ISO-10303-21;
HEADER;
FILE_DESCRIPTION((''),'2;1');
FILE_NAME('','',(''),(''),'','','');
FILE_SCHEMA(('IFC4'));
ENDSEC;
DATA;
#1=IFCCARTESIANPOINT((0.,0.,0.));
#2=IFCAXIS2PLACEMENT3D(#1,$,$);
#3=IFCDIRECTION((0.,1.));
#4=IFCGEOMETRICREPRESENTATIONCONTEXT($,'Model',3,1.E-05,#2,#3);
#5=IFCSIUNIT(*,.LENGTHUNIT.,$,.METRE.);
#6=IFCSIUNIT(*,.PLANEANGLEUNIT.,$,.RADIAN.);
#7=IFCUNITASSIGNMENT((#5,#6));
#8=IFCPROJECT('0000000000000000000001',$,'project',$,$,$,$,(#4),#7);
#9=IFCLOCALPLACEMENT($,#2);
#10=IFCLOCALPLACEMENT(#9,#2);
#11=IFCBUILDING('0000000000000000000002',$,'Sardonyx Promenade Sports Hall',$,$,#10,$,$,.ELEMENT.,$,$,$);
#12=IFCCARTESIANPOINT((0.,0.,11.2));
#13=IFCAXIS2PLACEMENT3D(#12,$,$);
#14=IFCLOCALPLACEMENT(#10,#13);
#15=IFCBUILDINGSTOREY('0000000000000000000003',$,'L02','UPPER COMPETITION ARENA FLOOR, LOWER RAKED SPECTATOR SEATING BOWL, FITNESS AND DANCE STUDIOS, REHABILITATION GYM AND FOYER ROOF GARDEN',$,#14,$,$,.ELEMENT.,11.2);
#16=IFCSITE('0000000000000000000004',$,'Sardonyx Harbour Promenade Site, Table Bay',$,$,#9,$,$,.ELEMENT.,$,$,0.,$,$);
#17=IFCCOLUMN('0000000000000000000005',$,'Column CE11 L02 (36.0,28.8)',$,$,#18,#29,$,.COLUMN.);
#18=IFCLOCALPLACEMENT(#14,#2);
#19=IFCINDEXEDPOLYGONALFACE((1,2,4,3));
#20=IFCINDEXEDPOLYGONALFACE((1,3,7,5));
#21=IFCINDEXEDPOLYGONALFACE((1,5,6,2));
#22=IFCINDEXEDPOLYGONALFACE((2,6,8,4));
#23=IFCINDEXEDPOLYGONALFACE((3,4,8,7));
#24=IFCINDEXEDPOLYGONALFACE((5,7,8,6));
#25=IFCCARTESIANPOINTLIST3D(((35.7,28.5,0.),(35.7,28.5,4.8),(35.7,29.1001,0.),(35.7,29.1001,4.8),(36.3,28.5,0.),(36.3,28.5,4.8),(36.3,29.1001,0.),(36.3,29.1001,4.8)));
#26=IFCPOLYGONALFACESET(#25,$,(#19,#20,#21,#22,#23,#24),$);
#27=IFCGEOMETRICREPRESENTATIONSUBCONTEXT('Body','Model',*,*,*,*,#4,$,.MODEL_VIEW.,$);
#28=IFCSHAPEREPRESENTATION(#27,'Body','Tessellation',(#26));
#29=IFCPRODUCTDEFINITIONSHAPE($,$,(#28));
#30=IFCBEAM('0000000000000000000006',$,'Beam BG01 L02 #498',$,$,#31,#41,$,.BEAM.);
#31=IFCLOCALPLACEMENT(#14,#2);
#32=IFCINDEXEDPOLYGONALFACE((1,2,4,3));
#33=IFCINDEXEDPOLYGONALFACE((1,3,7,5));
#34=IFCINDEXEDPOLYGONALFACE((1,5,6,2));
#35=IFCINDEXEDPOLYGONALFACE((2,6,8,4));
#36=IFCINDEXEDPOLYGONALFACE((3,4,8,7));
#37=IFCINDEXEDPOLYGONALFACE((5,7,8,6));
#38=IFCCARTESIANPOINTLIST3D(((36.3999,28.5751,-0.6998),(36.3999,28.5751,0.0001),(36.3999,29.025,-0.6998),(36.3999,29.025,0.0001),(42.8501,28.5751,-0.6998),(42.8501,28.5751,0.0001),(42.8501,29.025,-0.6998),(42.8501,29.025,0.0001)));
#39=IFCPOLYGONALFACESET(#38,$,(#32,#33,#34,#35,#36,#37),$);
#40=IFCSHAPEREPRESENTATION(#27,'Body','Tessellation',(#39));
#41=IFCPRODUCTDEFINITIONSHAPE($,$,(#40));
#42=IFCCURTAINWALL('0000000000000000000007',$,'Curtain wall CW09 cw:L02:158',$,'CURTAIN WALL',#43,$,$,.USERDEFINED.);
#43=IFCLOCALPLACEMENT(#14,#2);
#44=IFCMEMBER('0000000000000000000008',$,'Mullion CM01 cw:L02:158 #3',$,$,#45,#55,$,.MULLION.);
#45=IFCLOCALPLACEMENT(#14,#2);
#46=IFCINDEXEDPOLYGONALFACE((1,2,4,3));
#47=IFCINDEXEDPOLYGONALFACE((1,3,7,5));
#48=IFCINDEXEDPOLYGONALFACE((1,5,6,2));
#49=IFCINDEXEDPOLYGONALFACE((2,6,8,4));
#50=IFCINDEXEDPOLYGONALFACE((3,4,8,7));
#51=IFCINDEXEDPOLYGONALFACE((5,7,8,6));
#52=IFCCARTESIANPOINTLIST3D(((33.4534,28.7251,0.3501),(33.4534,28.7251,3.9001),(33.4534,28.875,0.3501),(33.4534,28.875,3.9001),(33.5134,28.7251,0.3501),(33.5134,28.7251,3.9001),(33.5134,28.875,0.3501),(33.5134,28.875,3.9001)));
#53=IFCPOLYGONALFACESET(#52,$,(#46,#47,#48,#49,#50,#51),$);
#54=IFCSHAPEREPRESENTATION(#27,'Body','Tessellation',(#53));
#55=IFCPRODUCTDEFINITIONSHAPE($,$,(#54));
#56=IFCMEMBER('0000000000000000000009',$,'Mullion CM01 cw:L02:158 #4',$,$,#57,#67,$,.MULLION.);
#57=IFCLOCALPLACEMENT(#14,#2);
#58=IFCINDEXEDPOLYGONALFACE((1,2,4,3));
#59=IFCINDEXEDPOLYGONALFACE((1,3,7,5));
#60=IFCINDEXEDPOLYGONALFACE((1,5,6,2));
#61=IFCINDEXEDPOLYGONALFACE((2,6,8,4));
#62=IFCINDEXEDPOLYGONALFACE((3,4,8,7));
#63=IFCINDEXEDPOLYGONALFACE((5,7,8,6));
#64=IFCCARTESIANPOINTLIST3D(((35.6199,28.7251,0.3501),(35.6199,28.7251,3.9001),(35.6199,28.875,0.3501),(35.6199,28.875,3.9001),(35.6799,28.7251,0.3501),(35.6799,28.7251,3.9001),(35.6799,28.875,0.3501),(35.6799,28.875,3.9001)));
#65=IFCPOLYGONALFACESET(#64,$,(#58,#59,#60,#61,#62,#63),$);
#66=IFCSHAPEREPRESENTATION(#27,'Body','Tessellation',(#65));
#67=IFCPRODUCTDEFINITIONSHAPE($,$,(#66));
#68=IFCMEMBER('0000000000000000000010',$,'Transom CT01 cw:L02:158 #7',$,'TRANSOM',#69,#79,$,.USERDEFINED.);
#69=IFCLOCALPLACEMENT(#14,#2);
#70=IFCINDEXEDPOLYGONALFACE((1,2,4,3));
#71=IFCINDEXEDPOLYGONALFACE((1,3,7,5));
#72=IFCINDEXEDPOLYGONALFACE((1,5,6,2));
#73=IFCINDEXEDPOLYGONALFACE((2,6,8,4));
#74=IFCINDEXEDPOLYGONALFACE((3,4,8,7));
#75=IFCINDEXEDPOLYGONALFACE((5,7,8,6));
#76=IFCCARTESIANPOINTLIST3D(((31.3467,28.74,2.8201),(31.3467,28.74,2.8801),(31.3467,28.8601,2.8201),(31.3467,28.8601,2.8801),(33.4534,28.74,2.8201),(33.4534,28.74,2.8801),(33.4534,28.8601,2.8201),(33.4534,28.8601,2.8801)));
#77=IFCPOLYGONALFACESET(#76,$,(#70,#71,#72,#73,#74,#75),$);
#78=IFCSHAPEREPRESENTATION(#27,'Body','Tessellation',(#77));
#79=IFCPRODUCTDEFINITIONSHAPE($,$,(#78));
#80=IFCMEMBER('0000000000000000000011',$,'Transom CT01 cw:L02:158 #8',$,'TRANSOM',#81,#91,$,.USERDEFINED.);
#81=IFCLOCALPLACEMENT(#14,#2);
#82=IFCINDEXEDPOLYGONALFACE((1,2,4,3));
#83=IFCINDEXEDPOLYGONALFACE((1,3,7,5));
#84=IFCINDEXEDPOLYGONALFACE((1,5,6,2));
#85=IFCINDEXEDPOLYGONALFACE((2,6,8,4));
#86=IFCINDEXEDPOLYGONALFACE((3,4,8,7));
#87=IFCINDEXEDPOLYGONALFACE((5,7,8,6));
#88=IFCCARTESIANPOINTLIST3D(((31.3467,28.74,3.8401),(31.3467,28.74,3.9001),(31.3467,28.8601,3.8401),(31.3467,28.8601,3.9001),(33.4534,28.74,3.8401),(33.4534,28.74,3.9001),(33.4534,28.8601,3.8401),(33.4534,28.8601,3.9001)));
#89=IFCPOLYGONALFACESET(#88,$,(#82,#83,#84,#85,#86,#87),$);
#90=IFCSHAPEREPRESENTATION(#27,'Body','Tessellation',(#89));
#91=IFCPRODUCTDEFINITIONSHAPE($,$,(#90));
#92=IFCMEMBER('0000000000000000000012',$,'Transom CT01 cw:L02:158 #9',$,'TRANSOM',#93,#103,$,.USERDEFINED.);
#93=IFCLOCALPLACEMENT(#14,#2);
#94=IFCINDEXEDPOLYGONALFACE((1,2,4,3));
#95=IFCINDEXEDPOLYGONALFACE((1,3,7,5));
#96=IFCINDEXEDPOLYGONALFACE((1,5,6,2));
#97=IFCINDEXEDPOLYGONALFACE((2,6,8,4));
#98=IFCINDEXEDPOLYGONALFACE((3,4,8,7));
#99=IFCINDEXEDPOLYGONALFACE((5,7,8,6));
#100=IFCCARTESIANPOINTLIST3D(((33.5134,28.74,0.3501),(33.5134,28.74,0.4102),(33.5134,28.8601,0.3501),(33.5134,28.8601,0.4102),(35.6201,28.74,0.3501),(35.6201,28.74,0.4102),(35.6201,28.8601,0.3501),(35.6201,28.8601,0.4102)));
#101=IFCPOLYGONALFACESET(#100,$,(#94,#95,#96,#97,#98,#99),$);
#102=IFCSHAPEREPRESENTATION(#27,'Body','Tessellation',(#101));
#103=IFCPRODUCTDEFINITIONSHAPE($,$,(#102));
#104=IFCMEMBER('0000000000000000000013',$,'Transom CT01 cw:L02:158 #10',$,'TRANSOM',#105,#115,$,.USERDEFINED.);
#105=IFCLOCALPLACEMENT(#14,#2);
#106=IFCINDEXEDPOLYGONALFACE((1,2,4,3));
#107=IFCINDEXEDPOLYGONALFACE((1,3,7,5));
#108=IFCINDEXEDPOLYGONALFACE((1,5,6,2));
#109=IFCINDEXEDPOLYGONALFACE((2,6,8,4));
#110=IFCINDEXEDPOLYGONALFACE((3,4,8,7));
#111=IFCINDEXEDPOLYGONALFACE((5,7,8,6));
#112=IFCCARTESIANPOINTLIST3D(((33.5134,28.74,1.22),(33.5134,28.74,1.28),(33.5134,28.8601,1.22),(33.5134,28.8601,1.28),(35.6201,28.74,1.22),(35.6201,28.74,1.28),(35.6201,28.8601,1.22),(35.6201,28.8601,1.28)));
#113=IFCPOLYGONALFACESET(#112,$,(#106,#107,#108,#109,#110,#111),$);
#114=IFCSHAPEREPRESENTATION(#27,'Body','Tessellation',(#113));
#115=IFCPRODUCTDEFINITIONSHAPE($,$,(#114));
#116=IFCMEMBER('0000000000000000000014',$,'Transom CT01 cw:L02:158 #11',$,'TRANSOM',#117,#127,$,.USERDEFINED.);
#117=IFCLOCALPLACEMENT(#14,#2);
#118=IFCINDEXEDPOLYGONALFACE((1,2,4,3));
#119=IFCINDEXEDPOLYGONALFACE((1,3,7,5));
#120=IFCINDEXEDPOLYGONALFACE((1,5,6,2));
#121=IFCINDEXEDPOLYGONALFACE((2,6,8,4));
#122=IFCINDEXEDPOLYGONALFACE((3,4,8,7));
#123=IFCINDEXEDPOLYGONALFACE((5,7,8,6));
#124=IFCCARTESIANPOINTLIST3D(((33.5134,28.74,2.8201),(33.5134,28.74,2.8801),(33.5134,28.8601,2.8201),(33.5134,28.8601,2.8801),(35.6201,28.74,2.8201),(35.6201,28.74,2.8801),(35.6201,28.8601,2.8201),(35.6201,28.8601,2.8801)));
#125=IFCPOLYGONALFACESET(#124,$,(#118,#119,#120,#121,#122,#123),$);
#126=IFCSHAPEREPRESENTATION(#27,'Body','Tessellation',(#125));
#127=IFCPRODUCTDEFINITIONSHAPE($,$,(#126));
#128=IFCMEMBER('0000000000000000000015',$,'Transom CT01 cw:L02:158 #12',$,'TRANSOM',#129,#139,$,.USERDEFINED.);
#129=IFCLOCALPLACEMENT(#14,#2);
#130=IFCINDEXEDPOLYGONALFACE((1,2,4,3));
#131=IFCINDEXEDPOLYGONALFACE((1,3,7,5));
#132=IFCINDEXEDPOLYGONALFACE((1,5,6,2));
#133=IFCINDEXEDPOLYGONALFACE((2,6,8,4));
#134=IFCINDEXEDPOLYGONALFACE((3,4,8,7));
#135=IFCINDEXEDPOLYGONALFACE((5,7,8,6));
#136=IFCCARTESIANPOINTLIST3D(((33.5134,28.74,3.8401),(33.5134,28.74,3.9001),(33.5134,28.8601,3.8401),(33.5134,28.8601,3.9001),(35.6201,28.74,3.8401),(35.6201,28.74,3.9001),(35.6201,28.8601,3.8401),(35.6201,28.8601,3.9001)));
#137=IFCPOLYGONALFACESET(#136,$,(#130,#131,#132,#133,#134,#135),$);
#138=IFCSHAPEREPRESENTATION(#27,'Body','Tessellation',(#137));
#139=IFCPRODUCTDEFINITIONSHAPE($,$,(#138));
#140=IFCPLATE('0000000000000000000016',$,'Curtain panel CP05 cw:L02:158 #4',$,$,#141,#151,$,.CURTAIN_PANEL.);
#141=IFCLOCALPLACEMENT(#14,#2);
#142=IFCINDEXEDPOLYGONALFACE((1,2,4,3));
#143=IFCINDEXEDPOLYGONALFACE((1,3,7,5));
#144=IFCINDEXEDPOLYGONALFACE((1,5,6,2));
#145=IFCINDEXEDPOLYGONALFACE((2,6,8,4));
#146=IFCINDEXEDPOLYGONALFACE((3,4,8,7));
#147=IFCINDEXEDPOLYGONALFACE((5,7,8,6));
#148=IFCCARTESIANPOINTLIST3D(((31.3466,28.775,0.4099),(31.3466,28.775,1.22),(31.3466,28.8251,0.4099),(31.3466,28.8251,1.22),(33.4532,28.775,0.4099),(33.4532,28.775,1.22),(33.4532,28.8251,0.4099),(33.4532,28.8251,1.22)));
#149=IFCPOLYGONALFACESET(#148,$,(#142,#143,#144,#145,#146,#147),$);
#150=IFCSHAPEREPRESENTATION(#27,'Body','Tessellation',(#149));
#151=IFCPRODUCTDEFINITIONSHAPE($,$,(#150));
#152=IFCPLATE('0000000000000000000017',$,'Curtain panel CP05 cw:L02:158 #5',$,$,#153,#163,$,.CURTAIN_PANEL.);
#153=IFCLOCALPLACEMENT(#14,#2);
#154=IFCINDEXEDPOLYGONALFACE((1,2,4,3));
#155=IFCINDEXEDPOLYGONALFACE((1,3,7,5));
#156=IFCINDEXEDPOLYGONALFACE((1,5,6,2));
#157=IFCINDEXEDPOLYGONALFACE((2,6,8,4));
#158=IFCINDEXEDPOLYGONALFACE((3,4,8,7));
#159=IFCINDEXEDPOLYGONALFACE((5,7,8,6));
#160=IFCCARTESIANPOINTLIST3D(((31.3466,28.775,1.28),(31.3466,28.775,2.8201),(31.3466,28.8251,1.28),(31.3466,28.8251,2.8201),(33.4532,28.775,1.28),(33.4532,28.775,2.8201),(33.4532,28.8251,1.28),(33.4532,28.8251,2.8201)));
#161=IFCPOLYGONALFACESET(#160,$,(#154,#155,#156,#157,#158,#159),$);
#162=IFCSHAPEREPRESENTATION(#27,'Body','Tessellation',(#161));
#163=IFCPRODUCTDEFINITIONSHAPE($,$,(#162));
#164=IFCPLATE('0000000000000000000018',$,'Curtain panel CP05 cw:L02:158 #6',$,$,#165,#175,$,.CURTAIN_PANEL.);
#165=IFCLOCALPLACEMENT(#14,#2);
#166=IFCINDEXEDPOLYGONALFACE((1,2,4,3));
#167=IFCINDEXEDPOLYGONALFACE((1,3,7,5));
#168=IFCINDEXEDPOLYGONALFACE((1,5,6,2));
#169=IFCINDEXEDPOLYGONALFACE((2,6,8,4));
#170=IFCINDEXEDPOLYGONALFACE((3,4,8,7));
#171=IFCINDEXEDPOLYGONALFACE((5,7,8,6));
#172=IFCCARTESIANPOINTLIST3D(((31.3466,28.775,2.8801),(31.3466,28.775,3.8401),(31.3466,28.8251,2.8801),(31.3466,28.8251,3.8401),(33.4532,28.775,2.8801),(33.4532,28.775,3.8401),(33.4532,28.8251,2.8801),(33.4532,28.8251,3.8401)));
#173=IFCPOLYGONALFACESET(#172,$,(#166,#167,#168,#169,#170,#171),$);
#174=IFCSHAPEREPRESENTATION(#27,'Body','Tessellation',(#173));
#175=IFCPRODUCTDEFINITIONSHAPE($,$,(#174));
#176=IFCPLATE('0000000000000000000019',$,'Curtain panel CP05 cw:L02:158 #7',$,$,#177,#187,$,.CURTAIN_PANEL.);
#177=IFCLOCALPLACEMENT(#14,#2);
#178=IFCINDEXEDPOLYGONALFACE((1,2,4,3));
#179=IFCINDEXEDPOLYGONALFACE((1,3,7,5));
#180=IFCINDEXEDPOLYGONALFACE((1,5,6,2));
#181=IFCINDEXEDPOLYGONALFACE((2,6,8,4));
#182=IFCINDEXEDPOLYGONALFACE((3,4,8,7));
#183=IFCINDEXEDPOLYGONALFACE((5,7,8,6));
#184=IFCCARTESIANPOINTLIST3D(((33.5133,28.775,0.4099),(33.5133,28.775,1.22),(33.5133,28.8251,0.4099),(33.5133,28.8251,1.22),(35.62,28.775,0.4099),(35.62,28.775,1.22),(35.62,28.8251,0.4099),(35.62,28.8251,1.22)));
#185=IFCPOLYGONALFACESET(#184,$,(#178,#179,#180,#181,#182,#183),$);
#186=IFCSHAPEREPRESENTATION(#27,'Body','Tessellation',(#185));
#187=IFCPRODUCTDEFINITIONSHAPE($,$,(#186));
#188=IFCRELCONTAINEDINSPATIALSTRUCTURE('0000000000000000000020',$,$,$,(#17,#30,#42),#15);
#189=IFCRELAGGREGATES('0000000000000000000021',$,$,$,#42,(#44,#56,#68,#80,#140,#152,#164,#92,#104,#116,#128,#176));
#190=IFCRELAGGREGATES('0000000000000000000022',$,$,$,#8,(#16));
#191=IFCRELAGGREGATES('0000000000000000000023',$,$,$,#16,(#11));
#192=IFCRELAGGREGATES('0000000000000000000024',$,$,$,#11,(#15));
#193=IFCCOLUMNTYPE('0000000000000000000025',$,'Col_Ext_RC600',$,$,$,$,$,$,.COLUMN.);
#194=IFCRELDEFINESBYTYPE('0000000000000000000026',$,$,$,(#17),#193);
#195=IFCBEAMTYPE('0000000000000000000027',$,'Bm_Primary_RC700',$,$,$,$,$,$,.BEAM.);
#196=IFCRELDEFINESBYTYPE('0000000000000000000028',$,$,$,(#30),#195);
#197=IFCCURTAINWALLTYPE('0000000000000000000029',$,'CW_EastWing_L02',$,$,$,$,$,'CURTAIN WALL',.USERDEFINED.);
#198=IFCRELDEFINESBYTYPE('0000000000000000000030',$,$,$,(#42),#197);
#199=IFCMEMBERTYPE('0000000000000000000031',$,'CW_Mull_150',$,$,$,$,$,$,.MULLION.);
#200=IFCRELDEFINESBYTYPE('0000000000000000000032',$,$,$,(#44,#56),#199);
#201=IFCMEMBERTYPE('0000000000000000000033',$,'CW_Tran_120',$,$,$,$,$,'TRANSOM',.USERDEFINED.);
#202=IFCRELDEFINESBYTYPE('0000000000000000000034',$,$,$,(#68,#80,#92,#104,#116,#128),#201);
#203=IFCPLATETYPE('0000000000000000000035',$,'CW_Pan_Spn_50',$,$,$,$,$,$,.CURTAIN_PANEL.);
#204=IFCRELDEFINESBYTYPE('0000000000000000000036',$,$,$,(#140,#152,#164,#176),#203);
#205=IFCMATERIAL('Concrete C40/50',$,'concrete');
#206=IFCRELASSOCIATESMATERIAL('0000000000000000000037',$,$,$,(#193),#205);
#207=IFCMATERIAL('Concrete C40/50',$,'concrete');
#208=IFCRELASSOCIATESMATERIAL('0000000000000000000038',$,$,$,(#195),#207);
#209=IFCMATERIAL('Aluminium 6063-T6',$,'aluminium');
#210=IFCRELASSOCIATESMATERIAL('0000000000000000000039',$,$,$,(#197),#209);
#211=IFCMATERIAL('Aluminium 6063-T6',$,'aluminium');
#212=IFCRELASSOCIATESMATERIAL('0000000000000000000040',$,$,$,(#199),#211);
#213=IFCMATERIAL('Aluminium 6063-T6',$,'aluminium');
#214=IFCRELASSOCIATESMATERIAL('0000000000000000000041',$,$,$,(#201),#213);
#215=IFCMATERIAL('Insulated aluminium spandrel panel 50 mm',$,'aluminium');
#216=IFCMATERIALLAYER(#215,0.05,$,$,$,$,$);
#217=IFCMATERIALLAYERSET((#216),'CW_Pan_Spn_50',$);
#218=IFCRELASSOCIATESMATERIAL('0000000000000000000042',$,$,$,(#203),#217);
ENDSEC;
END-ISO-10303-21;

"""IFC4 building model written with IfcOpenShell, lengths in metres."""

from ifc_helpers import new_model, si_unit, direction, frame, origin, origin_2d, place, context, subcontext, project, spatial, rectangle, extrude, material, layer, layer_set, material_profile, profile_set, type_object, element, aggregate, save


model = new_model("IFC4")

# Units and contexts
model_context = context("Model", 3, precision=1e-05, world=origin(), true_north=direction((0.0, 1.0)))
body_context = subcontext(model_context, "Body", "Model", "MODEL_VIEW")
ifc_project = project(units=[si_unit("LENGTHUNIT", "METRE"), si_unit("PLANEANGLEUNIT", "RADIAN")], contexts=[model_context])

# Site, building, storey
site_placement = place(None, origin())
site = spatial("IfcSite", under=ifc_project, at=site_placement, Name="Sardonyx Harbour Promenade Site, Table Bay", CompositionType="ELEMENT", RefElevation=0.0)
building_placement = place(site_placement, origin())
building = spatial("IfcBuilding", under=site, at=building_placement, Name="Sardonyx Promenade Sports Hall", CompositionType="ELEMENT")
storey_placement = place(building_placement, frame((0.0, 0.0, 11.2)))
storey = spatial("IfcBuildingStorey", under=building, at=storey_placement, Name="L02", Description="UPPER COMPETITION ARENA FLOOR, LOWER RAKED SPECTATOR SEATING BOWL, FITNESS AND DANCE STUDIOS, REHABILITATION GYM AND FOYER ROOF GARDEN", CompositionType="ELEMENT", Elevation=11.2)

# Column
ifc_material_1 = material(Name="Concrete C40/50", Category="concrete")
ifc_material_profile_1 = material_profile(ifc_material_1, rectangle(XDim=0.6001, YDim=0.6001, at=origin_2d()))
ifc_profile_set_1 = profile_set([ifc_material_profile_1], Name="Concrete C40/50")
column_type = type_object("IfcColumnType", Name="Col_Ext_RC600", PredefinedType="COLUMN", material=ifc_profile_set_1)
column_placement = place(storey_placement, frame((36.0, 28.8, 0.0), z_axis=(0.0, 0.0, 1.0), x_axis=(1.0, 0.0, 0.0)))
element("IfcColumn", 1, at=column_placement, inside=storey, type_object=column_type, Name="Column CE11 L02 (36.0,28.8)", PredefinedType="COLUMN", context=body_context, shape_type="SweptSolid", body=[
    extrude(rectangle(XDim=0.6001, YDim=0.6001, at=origin_2d()), origin(), (0.0, 0.0, 1.0), 4.8),
])

# Beam
ifc_material_2 = material(Name="Concrete C40/50", Category="concrete")
ifc_material_profile_2 = material_profile(ifc_material_2, rectangle(XDim=0.45, YDim=0.7, at=origin_2d()))
ifc_profile_set_2 = profile_set([ifc_material_profile_2], Name="Concrete C40/50")
beam_type = type_object("IfcBeamType", Name="Bm_Primary_RC700", PredefinedType="BEAM", material=ifc_profile_set_2)
beam_placement = place(storey_placement, frame((36.3999, 28.8, -0.3499), z_axis=(1.0, 0.0, 0.0), x_axis=(0.0, 1.0, 0.0)))
element("IfcBeam", 2, at=beam_placement, inside=storey, type_object=beam_type, Name="Beam BG01 L02 #498", PredefinedType="BEAM", context=body_context, shape_type="SweptSolid", body=[
    extrude(rectangle(XDim=0.45, YDim=0.7, at=origin_2d()), origin(), (0.0, 0.0, 1.0), 6.4502),
])

# Curtain wall, members, plates
ifc_material_3 = material(Name="Aluminium 6063-T6", Category="aluminium")
curtain_wall_type = type_object("IfcCurtainWallType", Name="CW_EastWing_L02", ElementType="CURTAIN WALL", PredefinedType="USERDEFINED", material=ifc_material_3)
curtain_wall_placement = place(storey_placement, origin())
curtain_wall = element("IfcCurtainWall", 3, at=curtain_wall_placement, inside=storey, type_object=curtain_wall_type, Name="Curtain wall CW09 cw:L02:158", ObjectType="CURTAIN WALL", PredefinedType="USERDEFINED")
ifc_material_4 = material(Name="Aluminium 6063-T6", Category="aluminium")
ifc_material_profile_3 = material_profile(ifc_material_4, rectangle(XDim=0.0601, YDim=0.1499, at=origin_2d()))
ifc_profile_set_3 = profile_set([ifc_material_profile_3], Name="Aluminium 6063-T6")
member_type_1 = type_object("IfcMemberType", Name="CW_Mull_150", PredefinedType="MULLION", material=ifc_profile_set_3)
member_1_placement = place(storey_placement, frame((33.4834, 28.8, 0.3501), z_axis=(0.0, 0.0, 1.0), x_axis=(1.0, 0.0, 0.0)))
member_1 = element("IfcMember", 4, at=member_1_placement, type_object=member_type_1, Name="Mullion CM01 cw:L02:158 #3", PredefinedType="MULLION", context=body_context, shape_type="SweptSolid", body=[
    extrude(rectangle(XDim=0.0601, YDim=0.1499, at=origin_2d()), origin(), (0.0, 0.0, 1.0), 3.55),
])
member_2_placement = place(storey_placement, frame((35.6499, 28.8, 0.3501), z_axis=(0.0, 0.0, 1.0), x_axis=(1.0, 0.0, 0.0)))
member_2 = element("IfcMember", 5, at=member_2_placement, type_object=member_type_1, Name="Mullion CM01 cw:L02:158 #4", PredefinedType="MULLION", context=body_context, shape_type="SweptSolid", body=[
    extrude(rectangle(XDim=0.0601, YDim=0.1499, at=origin_2d()), origin(), (0.0, 0.0, 1.0), 3.55),
])
ifc_material_5 = material(Name="Aluminium 6063-T6", Category="aluminium")
ifc_material_profile_4 = material_profile(ifc_material_5, rectangle(XDim=0.0601, YDim=0.1201, at=origin_2d()))
ifc_profile_set_4 = profile_set([ifc_material_profile_4], Name="Aluminium 6063-T6")
member_type_2 = type_object("IfcMemberType", Name="CW_Tran_120", ElementType="TRANSOM", PredefinedType="USERDEFINED", material=ifc_profile_set_4)
member_3_placement = place(storey_placement, frame((31.3467, 28.8, 2.8501), z_axis=(1.0, 0.0, 0.0), x_axis=(0.0, 0.0, 1.0)))
member_3 = element("IfcMember", 6, at=member_3_placement, type_object=member_type_2, Name="Transom CT01 cw:L02:158 #7", ObjectType="TRANSOM", PredefinedType="USERDEFINED", context=body_context, shape_type="SweptSolid", body=[
    extrude(rectangle(XDim=0.0601, YDim=0.1201, at=origin_2d()), origin(), (0.0, 0.0, 1.0), 2.1067),
])
member_4_placement = place(storey_placement, frame((31.3467, 28.8, 3.8701), z_axis=(1.0, 0.0, 0.0), x_axis=(0.0, 0.0, 1.0)))
member_4 = element("IfcMember", 7, at=member_4_placement, type_object=member_type_2, Name="Transom CT01 cw:L02:158 #8", ObjectType="TRANSOM", PredefinedType="USERDEFINED", context=body_context, shape_type="SweptSolid", body=[
    extrude(rectangle(XDim=0.0601, YDim=0.1201, at=origin_2d()), origin(), (0.0, 0.0, 1.0), 2.1067),
])
member_5_placement = place(storey_placement, frame((33.5134, 28.8, 0.3801), z_axis=(1.0, 0.0, 0.0), x_axis=(0.0, 0.0, 1.0)))
member_5 = element("IfcMember", 8, at=member_5_placement, type_object=member_type_2, Name="Transom CT01 cw:L02:158 #9", ObjectType="TRANSOM", PredefinedType="USERDEFINED", context=body_context, shape_type="SweptSolid", body=[
    extrude(rectangle(XDim=0.0601, YDim=0.1201, at=origin_2d()), origin(), (0.0, 0.0, 1.0), 2.1067),
])
member_6_placement = place(storey_placement, frame((33.5134, 28.8, 1.25), z_axis=(1.0, 0.0, 0.0), x_axis=(0.0, 0.0, 1.0)))
member_6 = element("IfcMember", 9, at=member_6_placement, type_object=member_type_2, Name="Transom CT01 cw:L02:158 #10", ObjectType="TRANSOM", PredefinedType="USERDEFINED", context=body_context, shape_type="SweptSolid", body=[
    extrude(rectangle(XDim=0.0601, YDim=0.1201, at=origin_2d()), origin(), (0.0, 0.0, 1.0), 2.1067),
])
member_7_placement = place(storey_placement, frame((33.5134, 28.8, 2.8501), z_axis=(1.0, 0.0, 0.0), x_axis=(0.0, 0.0, 1.0)))
member_7 = element("IfcMember", 10, at=member_7_placement, type_object=member_type_2, Name="Transom CT01 cw:L02:158 #11", ObjectType="TRANSOM", PredefinedType="USERDEFINED", context=body_context, shape_type="SweptSolid", body=[
    extrude(rectangle(XDim=0.0601, YDim=0.1201, at=origin_2d()), origin(), (0.0, 0.0, 1.0), 2.1067),
])
member_8_placement = place(storey_placement, frame((33.5134, 28.8, 3.8701), z_axis=(1.0, 0.0, 0.0), x_axis=(0.0, 0.0, 1.0)))
member_8 = element("IfcMember", 11, at=member_8_placement, type_object=member_type_2, Name="Transom CT01 cw:L02:158 #12", ObjectType="TRANSOM", PredefinedType="USERDEFINED", context=body_context, shape_type="SweptSolid", body=[
    extrude(rectangle(XDim=0.0601, YDim=0.1201, at=origin_2d()), origin(), (0.0, 0.0, 1.0), 2.1067),
])
ifc_material_6 = material(Name="Insulated aluminium spandrel panel 50 mm", Category="aluminium")
ifc_layer_1 = layer(ifc_material_6, 0.05)
ifc_layer_set_1 = layer_set([ifc_layer_1], Name="CW_Pan_Spn_50")
plate_type = type_object("IfcPlateType", Name="CW_Pan_Spn_50", PredefinedType="CURTAIN_PANEL", material=ifc_layer_set_1)
plate_1_placement = place(storey_placement, frame((32.3999, 28.8, 0.4099), z_axis=(0.0, 0.0, 1.0), x_axis=(1.0, 0.0, 0.0)))
plate_1 = element("IfcPlate", 12, at=plate_1_placement, type_object=plate_type, Name="Curtain panel CP05 cw:L02:158 #4", PredefinedType="CURTAIN_PANEL", context=body_context, shape_type="SweptSolid", body=[
    extrude(rectangle(XDim=2.1067, YDim=0.05, at=origin_2d()), origin(), (0.0, 0.0, 1.0), 0.8101),
])
plate_2_placement = place(storey_placement, frame((32.3999, 28.8, 1.28), z_axis=(0.0, 0.0, 1.0), x_axis=(1.0, 0.0, 0.0)))
plate_2 = element("IfcPlate", 13, at=plate_2_placement, type_object=plate_type, Name="Curtain panel CP05 cw:L02:158 #5", PredefinedType="CURTAIN_PANEL", context=body_context, shape_type="SweptSolid", body=[
    extrude(rectangle(XDim=2.1067, YDim=0.05, at=origin_2d()), origin(), (0.0, 0.0, 1.0), 1.54),
])
plate_3_placement = place(storey_placement, frame((32.3999, 28.8, 2.8801), z_axis=(0.0, 0.0, 1.0), x_axis=(1.0, 0.0, 0.0)))
plate_3 = element("IfcPlate", 14, at=plate_3_placement, type_object=plate_type, Name="Curtain panel CP05 cw:L02:158 #6", PredefinedType="CURTAIN_PANEL", context=body_context, shape_type="SweptSolid", body=[
    extrude(rectangle(XDim=2.1067, YDim=0.05, at=origin_2d()), origin(), (0.0, 0.0, 1.0), 0.96),
])
plate_4_placement = place(storey_placement, frame((34.5667, 28.8, 0.4099), z_axis=(0.0, 0.0, 1.0), x_axis=(1.0, 0.0, 0.0)))
plate_4 = element("IfcPlate", 15, at=plate_4_placement, type_object=plate_type, Name="Curtain panel CP05 cw:L02:158 #7", PredefinedType="CURTAIN_PANEL", context=body_context, shape_type="SweptSolid", body=[
    extrude(rectangle(XDim=2.1067, YDim=0.05, at=origin_2d()), origin(), (0.0, 0.0, 1.0), 0.8101),
])
aggregate(curtain_wall, [member_1, member_2, member_3, member_4, plate_1, plate_2, plate_3, member_5, member_6, member_7, member_8, plate_4])

save(model, "model.ifc")
